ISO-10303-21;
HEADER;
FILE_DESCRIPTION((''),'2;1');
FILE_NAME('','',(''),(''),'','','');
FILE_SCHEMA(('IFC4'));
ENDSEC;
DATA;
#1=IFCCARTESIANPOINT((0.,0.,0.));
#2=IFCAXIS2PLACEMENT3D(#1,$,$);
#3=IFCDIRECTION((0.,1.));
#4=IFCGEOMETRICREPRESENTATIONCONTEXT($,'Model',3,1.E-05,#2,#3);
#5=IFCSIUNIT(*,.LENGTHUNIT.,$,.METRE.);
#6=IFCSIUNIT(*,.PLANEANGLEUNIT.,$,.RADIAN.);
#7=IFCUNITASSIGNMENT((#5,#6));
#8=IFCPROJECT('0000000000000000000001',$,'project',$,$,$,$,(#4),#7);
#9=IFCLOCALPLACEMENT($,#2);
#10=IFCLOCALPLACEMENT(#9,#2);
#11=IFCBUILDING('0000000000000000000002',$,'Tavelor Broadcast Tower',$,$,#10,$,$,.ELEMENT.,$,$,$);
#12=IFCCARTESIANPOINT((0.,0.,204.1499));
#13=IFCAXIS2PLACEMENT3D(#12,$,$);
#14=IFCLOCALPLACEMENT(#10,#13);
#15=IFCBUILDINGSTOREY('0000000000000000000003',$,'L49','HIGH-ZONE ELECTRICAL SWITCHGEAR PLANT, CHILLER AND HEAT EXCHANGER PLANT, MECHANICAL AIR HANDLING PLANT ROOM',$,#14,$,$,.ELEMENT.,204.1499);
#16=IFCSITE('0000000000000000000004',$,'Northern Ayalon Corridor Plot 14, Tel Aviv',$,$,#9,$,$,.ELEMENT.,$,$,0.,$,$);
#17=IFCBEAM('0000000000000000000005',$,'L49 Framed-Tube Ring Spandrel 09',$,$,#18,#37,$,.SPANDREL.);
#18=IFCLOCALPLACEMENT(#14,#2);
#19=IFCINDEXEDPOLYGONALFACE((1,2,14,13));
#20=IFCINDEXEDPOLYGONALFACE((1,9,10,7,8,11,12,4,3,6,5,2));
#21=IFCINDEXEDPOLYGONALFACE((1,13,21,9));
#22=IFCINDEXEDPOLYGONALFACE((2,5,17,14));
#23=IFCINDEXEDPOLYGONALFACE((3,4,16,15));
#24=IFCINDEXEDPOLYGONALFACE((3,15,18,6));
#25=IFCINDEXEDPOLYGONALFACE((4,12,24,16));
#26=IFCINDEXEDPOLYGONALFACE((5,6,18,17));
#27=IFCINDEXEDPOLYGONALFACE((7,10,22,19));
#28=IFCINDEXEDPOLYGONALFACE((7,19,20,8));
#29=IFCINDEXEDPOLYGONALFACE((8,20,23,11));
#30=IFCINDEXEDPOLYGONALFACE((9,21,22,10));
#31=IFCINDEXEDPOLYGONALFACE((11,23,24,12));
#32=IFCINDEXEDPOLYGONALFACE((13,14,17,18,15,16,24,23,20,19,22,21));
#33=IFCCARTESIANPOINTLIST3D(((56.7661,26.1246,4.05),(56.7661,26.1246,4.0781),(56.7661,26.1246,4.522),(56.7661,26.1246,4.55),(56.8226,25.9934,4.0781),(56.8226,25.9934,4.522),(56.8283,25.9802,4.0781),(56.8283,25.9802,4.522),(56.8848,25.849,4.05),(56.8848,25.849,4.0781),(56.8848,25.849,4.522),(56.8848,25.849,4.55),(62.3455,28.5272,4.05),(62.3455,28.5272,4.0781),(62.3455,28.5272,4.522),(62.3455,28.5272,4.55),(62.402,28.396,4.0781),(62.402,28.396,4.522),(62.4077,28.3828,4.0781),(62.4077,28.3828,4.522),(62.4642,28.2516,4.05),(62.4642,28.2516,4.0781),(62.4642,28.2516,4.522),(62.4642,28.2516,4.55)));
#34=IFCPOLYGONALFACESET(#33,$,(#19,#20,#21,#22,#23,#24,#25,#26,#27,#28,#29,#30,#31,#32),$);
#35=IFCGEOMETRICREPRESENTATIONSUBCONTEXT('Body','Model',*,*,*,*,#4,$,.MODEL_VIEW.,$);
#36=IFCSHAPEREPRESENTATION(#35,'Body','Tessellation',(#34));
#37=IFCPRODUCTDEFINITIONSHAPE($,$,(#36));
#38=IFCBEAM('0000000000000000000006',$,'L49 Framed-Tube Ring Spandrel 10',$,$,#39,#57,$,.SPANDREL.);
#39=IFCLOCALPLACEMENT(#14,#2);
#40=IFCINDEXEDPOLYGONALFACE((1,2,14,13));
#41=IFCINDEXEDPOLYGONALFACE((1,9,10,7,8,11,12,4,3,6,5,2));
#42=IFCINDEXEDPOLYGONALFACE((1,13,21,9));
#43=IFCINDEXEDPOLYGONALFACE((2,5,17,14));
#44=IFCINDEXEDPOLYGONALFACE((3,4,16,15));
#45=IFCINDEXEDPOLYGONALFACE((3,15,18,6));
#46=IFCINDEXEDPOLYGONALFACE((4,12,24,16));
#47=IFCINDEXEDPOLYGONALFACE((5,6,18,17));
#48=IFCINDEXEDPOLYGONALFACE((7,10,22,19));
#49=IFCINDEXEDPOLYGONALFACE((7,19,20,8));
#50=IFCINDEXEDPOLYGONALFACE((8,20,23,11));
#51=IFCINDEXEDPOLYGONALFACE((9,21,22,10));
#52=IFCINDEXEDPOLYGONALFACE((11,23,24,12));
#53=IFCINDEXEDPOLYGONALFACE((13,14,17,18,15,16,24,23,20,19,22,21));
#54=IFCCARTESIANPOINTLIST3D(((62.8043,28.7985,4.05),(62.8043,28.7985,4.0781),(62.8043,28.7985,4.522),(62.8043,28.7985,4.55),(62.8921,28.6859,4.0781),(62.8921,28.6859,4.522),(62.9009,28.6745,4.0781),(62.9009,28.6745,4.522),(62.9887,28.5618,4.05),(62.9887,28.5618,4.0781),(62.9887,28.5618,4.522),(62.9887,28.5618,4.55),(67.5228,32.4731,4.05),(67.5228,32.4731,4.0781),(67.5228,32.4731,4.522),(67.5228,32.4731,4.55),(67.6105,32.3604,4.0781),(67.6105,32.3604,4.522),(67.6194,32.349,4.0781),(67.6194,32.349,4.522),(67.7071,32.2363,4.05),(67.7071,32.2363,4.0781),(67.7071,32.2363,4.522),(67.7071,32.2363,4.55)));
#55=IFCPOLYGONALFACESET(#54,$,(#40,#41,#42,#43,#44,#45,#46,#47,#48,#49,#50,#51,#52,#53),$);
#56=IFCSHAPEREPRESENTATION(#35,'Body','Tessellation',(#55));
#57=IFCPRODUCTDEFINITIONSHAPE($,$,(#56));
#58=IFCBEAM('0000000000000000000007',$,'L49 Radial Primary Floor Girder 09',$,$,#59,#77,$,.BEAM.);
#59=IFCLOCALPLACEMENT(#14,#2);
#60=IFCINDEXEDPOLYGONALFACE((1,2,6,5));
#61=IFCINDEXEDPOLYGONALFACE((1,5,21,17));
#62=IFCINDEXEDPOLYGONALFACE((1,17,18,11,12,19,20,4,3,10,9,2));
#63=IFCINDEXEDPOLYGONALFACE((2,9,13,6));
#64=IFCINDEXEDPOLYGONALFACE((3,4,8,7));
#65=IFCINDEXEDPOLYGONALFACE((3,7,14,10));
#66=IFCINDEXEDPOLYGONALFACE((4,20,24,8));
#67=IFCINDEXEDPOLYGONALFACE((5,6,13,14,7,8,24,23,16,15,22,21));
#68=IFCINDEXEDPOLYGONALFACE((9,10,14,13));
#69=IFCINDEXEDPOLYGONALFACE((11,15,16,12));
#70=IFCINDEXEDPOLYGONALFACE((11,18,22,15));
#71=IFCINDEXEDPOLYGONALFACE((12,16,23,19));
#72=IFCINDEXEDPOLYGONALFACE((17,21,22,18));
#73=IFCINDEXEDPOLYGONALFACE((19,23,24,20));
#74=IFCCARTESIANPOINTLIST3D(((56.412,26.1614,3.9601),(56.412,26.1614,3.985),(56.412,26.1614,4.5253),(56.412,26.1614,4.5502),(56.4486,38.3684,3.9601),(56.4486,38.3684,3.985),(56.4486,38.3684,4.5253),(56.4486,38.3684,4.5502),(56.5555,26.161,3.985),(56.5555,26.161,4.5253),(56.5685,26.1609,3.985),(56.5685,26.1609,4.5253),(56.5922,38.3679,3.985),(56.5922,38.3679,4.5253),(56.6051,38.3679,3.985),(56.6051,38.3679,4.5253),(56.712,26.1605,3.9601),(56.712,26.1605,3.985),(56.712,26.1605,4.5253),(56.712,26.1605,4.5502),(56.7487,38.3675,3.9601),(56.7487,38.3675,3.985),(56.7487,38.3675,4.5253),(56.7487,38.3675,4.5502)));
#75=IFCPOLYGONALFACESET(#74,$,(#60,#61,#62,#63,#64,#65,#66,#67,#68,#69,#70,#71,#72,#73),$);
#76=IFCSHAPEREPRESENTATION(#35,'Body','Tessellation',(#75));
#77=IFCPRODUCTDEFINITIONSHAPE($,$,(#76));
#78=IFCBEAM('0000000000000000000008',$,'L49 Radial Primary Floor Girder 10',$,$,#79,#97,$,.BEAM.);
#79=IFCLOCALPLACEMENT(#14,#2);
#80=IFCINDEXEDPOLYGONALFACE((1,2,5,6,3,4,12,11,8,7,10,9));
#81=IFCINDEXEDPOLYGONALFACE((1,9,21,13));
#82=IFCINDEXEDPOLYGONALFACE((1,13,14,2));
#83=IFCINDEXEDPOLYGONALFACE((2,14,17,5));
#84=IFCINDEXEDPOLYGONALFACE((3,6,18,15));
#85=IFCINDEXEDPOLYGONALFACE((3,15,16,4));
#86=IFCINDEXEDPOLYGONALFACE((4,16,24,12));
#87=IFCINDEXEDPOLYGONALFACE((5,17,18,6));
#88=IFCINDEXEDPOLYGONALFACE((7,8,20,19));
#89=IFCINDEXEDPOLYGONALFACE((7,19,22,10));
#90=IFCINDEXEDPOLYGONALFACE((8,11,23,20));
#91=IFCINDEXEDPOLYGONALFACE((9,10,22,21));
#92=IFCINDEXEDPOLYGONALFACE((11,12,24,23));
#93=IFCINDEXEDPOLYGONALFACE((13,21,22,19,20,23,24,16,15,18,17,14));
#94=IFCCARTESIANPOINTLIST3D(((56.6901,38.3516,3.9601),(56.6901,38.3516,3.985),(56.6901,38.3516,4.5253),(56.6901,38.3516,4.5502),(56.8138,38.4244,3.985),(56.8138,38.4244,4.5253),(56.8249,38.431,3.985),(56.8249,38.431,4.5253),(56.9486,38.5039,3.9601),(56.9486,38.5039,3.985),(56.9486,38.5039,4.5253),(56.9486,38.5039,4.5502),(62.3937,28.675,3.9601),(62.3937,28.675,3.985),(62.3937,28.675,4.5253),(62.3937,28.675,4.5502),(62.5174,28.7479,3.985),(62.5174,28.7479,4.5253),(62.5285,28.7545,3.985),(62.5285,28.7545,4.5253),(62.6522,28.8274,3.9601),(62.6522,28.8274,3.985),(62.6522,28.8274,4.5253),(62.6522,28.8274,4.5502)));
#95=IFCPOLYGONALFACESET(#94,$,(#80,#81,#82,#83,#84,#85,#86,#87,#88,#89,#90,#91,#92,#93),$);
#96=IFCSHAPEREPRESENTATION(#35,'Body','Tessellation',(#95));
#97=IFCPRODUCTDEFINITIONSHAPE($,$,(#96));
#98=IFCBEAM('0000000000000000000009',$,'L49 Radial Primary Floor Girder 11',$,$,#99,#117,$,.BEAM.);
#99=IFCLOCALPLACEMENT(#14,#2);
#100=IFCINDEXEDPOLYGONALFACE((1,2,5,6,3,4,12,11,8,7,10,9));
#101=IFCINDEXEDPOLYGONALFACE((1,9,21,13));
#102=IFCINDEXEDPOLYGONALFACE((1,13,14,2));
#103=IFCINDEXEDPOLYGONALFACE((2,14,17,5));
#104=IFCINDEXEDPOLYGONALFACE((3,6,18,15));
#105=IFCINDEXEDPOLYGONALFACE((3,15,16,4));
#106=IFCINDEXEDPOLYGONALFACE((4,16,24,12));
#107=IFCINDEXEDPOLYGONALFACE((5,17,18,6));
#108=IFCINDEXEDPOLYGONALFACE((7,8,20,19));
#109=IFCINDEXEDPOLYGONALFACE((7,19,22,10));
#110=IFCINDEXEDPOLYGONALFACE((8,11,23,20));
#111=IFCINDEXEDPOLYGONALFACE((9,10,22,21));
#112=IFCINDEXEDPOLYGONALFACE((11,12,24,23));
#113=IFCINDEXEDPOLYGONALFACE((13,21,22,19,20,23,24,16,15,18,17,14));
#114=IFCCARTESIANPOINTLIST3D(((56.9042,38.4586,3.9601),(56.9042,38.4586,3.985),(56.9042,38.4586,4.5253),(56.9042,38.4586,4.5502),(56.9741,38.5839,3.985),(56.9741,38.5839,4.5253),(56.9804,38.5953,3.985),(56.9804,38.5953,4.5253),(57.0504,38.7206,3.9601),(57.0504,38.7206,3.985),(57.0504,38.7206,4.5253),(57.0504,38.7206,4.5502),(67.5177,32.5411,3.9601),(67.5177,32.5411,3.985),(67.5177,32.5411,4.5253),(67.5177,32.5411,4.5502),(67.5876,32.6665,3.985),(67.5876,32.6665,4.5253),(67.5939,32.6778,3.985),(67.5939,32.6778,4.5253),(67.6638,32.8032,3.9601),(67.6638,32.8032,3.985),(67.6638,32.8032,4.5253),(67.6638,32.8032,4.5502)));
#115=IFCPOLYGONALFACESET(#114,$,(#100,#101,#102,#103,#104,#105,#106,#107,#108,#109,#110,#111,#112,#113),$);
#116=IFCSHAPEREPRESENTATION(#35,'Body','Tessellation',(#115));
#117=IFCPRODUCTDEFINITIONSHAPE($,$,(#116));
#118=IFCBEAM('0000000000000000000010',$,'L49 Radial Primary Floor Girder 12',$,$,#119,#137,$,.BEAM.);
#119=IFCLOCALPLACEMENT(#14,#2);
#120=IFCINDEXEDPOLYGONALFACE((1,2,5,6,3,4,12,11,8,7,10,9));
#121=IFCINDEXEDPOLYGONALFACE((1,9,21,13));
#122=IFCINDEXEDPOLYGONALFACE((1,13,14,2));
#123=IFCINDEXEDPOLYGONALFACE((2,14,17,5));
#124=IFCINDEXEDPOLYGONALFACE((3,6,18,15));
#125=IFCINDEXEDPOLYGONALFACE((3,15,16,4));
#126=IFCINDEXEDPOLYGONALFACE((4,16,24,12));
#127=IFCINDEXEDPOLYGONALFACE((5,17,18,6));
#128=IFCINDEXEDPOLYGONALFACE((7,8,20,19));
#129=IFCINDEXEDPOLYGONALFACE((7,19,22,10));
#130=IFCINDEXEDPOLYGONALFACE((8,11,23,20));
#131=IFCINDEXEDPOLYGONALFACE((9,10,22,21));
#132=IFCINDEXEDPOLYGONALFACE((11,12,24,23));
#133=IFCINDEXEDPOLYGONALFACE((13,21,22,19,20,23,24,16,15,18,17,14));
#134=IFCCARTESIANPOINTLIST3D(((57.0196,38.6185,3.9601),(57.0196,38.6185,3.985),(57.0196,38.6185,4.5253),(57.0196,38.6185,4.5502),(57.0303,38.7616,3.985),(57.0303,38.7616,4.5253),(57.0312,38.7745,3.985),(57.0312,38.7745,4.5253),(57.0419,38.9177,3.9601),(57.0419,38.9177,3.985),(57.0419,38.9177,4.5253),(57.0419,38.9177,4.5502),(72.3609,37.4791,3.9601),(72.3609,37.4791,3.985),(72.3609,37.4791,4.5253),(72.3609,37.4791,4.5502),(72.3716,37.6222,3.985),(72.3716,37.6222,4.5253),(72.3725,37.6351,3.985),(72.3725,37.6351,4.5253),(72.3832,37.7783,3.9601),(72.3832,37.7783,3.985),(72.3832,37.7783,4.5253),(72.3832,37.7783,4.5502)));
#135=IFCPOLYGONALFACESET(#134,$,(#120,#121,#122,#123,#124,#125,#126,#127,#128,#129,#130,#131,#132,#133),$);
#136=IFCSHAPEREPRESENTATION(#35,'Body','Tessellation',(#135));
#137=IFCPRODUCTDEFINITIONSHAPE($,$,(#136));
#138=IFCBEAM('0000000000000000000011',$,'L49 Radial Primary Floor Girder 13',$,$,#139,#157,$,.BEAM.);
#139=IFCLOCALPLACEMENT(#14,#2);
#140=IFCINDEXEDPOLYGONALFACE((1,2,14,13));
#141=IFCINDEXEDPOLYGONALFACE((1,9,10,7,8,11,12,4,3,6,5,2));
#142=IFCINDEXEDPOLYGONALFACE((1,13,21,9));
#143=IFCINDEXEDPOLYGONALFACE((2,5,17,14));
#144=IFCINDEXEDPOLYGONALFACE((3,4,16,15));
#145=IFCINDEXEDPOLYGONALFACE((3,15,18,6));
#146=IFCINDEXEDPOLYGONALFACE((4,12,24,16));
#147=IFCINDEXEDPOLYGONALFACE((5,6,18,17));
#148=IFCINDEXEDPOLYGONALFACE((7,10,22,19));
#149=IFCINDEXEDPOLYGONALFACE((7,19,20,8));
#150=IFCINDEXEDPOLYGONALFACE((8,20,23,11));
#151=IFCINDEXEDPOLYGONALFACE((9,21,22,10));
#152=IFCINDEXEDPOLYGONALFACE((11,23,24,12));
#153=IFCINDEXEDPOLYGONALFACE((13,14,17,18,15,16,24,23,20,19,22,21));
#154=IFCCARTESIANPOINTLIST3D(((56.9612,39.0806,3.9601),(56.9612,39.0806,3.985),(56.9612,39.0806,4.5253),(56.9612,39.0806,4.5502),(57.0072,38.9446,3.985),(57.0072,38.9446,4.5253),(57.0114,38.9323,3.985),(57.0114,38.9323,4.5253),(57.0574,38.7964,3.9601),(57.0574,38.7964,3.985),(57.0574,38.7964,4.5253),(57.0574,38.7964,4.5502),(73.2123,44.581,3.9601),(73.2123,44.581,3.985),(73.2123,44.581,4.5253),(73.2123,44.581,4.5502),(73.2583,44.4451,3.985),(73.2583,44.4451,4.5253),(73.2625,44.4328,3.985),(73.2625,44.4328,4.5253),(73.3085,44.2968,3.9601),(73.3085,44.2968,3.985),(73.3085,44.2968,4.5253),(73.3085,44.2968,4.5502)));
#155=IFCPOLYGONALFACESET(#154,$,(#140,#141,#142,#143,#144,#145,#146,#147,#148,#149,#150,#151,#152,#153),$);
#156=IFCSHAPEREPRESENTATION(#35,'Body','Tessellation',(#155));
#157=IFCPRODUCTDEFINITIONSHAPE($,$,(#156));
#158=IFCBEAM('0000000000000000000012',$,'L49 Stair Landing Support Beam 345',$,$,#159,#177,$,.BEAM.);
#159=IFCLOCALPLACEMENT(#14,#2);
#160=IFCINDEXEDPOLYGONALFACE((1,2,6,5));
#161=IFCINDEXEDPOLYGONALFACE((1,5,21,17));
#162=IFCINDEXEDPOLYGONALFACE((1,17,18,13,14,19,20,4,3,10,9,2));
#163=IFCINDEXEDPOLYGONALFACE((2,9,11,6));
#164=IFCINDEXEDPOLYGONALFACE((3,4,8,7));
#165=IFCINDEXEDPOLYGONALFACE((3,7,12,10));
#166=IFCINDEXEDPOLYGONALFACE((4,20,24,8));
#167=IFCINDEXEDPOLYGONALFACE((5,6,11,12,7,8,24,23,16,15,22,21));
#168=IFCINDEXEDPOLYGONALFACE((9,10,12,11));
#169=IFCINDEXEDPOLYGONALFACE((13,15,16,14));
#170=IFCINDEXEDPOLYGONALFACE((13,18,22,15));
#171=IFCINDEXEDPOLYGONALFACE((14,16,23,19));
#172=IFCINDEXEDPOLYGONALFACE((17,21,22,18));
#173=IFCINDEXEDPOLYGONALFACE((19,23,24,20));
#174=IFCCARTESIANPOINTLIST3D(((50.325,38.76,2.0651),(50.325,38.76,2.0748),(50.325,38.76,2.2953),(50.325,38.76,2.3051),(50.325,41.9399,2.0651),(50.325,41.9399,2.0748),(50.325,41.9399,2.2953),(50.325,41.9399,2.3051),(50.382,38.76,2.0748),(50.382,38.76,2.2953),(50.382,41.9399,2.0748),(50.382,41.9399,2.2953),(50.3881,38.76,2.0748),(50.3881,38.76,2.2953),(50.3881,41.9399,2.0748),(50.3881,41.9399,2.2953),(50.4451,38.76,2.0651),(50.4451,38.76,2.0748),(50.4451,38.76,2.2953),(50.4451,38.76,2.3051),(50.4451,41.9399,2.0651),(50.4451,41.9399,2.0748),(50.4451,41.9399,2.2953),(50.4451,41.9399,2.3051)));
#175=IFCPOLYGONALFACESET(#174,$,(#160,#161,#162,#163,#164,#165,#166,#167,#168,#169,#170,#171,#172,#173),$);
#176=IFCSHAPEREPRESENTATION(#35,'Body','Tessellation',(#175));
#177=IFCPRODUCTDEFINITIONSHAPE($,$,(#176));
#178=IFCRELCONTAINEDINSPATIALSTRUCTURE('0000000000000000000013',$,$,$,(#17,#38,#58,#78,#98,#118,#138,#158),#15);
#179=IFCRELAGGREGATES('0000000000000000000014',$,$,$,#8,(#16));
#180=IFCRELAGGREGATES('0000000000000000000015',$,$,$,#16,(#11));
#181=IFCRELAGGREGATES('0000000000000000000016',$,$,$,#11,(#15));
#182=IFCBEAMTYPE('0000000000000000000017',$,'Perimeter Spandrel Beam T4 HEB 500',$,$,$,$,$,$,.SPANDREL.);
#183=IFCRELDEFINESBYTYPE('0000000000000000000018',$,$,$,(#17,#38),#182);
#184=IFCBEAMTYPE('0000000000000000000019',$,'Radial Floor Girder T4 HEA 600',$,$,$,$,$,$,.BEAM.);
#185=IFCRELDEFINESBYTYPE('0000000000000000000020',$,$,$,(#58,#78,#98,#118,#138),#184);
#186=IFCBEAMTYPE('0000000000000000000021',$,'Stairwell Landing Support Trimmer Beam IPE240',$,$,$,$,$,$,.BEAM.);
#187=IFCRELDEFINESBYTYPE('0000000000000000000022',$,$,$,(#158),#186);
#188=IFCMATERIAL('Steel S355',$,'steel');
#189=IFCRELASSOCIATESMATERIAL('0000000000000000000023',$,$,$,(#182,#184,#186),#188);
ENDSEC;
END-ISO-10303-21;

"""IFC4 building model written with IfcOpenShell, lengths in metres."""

from ifc_helpers import new_model, si_unit, direction, frame, origin, origin_2d, place, context, subcontext, project, spatial, i_section, extrude, material, material_profile, profile_set, type_object, element, save


model = new_model("IFC4")

# Units and contexts
model_context = context("Model", 3, precision=1e-05, world=origin(), true_north=direction((0.0, 1.0)))
body_context = subcontext(model_context, "Body", "Model", "MODEL_VIEW")
ifc_project = project(units=[si_unit("LENGTHUNIT", "METRE"), si_unit("PLANEANGLEUNIT", "RADIAN")], contexts=[model_context])

# Site, building, storey
site_placement = place(None, origin())
site = spatial("IfcSite", under=ifc_project, at=site_placement, Name="Northern Ayalon Corridor Plot 14, Tel Aviv", CompositionType="ELEMENT", RefElevation=0.0)
building_placement = place(site_placement, origin())
building = spatial("IfcBuilding", under=site, at=building_placement, Name="Tavelor Broadcast Tower", CompositionType="ELEMENT")
storey_placement = place(building_placement, frame((0.0, 0.0, 204.1499)))
storey = spatial("IfcBuildingStorey", under=building, at=storey_placement, Name="L49", Description="HIGH-ZONE ELECTRICAL SWITCHGEAR PLANT, CHILLER AND HEAT EXCHANGER PLANT, MECHANICAL AIR HANDLING PLANT ROOM", CompositionType="ELEMENT", Elevation=204.1499)

# Beams
ifc_material_1 = material(Name="Steel S355", Category="steel")
ifc_material_profile_1 = material_profile(ifc_material_1, i_section(OverallWidth=0.3, OverallDepth=0.5, WebThickness=0.0144, FlangeThickness=0.0281, at=origin_2d()), Name="HEB 500")
ifc_profile_set_1 = profile_set([ifc_material_profile_1], Name="Steel S355")
beam_type_1 = type_object("IfcBeamType", Name="Perimeter Spandrel Beam T4 HEB 500", PredefinedType="SPANDREL", material=ifc_profile_set_1)
beam_1_placement = place(storey_placement, frame((56.8254, 25.9868, 4.3), z_axis=(0.918462, 0.39551, 0.0), x_axis=(-0.39551, 0.918462, 0.0)))
element("IfcBeam", 1, at=beam_1_placement, inside=storey, type_object=beam_type_1, Name="L49 Framed-Tube Ring Spandrel 09", PredefinedType="SPANDREL", context=body_context, shape_type="SweptSolid", body=[
    extrude(i_section(OverallWidth=0.3, OverallDepth=0.5, WebThickness=0.0144, FlangeThickness=0.0281, at=origin_2d()), origin(), (0.0, 0.0, 1.0), 6.0747),
])
beam_2_placement = place(storey_placement, frame((62.8965, 28.6802, 4.3), z_axis=(0.788978, 0.614421, 0.0), x_axis=(-0.614421, 0.788978, 0.0)))
element("IfcBeam", 2, at=beam_2_placement, inside=storey, type_object=beam_type_1, Name="L49 Framed-Tube Ring Spandrel 10", PredefinedType="SPANDREL", context=body_context, shape_type="SweptSolid", body=[
    extrude(i_section(OverallWidth=0.3, OverallDepth=0.5, WebThickness=0.0144, FlangeThickness=0.0281, at=origin_2d()), origin(), (0.0, 0.0, 1.0), 5.9805),
])
ifc_material_profile_2 = material_profile(ifc_material_1, i_section(OverallWidth=0.3, OverallDepth=0.5901, WebThickness=0.0129, FlangeThickness=0.0249, at=origin_2d()), Name="HEA 600")
ifc_profile_set_2 = profile_set([ifc_material_profile_2], Name="Steel S355")
beam_type_2 = type_object("IfcBeamType", Name="Radial Floor Girder T4 HEA 600", PredefinedType="BEAM", material=ifc_profile_set_2)
beam_3_placement = place(storey_placement, frame((56.5986, 38.3679, 4.2551), z_axis=(-0.003, -0.999996, 0.0), x_axis=(0.999996, -0.003, 0.0)))
element("IfcBeam", 3, at=beam_3_placement, inside=storey, type_object=beam_type_2, Name="L49 Radial Primary Floor Girder 09", PredefinedType="BEAM", context=body_context, shape_type="SweptSolid", body=[
    extrude(i_section(OverallWidth=0.3, OverallDepth=0.5901, WebThickness=0.0129, FlangeThickness=0.0249, at=origin_2d()), origin(), (0.0, 0.0, 1.0), 12.207),
])
beam_4_placement = place(storey_placement, frame((56.8193, 38.4277, 4.2551), z_axis=(0.507784, -0.861485, 0.0), x_axis=(0.861485, 0.507784, 0.0)))
element("IfcBeam", 4, at=beam_4_placement, inside=storey, type_object=beam_type_2, Name="L49 Radial Primary Floor Girder 10", PredefinedType="BEAM", context=body_context, shape_type="SweptSolid", body=[
    extrude(i_section(OverallWidth=0.3, OverallDepth=0.5901, WebThickness=0.0129, FlangeThickness=0.0249, at=origin_2d()), origin(), (0.0, 0.0, 1.0), 11.2324),
])
beam_5_placement = place(storey_placement, frame((56.9773, 38.5896, 4.2551), z_axis=(0.87342, -0.486968, 0.0), x_axis=(0.486968, 0.87342, 0.0)))
element("IfcBeam", 5, at=beam_5_placement, inside=storey, type_object=beam_type_2, Name="L49 Radial Primary Floor Girder 11", PredefinedType="BEAM", context=body_context, shape_type="SweptSolid", body=[
    extrude(i_section(OverallWidth=0.3, OverallDepth=0.5901, WebThickness=0.0129, FlangeThickness=0.0249, at=origin_2d()), origin(), (0.0, 0.0, 1.0), 12.1516),
])
beam_6_placement = place(storey_placement, frame((57.0308, 38.7681, 4.2551), z_axis=(0.997253, -0.074066, 0.0), x_axis=(0.074066, 0.997253, 0.0)))
element("IfcBeam", 6, at=beam_6_placement, inside=storey, type_object=beam_type_2, Name="L49 Radial Primary Floor Girder 12", PredefinedType="BEAM", context=body_context, shape_type="SweptSolid", body=[
    extrude(i_section(OverallWidth=0.3, OverallDepth=0.5901, WebThickness=0.0129, FlangeThickness=0.0249, at=origin_2d()), origin(), (0.0, 0.0, 1.0), 15.3835),
])
beam_7_placement = place(storey_placement, frame((57.0093, 38.9385, 4.2551), z_axis=(0.947215, 0.3206, 0.0), x_axis=(-0.3206, 0.947215, 0.0)))
element("IfcBeam", 7, at=beam_7_placement, inside=storey, type_object=beam_type_2, Name="L49 Radial Primary Floor Girder 13", PredefinedType="BEAM", context=body_context, shape_type="SweptSolid", body=[
    extrude(i_section(OverallWidth=0.3, OverallDepth=0.5901, WebThickness=0.0129, FlangeThickness=0.0249, at=origin_2d()), origin(), (0.0, 0.0, 1.0), 17.1567),
])
ifc_material_profile_3 = material_profile(ifc_material_1, i_section(OverallWidth=0.1201, OverallDepth=0.24, WebThickness=0.0061, FlangeThickness=0.0098, at=origin_2d()), Name="IPE 240")
ifc_profile_set_3 = profile_set([ifc_material_profile_3], Name="Steel S355")
beam_type_3 = type_object("IfcBeamType", Name="Stairwell Landing Support Trimmer Beam IPE240", PredefinedType="BEAM", material=ifc_profile_set_3)
for number, where, z_axis, x_axis, name in (
    (8, (50.385, 38.76, 2.1851), (0.0, 1.0, 0.0), (-1.0, 0.0, 0.0), "L49 Stair Landing Support Beam 345"),
):
    element("IfcBeam", number, at=place(storey_placement, frame(where, z_axis=z_axis, x_axis=x_axis)), inside=storey, type_object=beam_type_3, Name=name, PredefinedType="BEAM", context=body_context, shape_type="SweptSolid", body=[
        extrude(i_section(OverallWidth=0.1201, OverallDepth=0.24, WebThickness=0.0061, FlangeThickness=0.0098, at=origin_2d()), origin(), (0.0, 0.0, 1.0), 3.1799),
    ])

save(model, "model.ifc")
